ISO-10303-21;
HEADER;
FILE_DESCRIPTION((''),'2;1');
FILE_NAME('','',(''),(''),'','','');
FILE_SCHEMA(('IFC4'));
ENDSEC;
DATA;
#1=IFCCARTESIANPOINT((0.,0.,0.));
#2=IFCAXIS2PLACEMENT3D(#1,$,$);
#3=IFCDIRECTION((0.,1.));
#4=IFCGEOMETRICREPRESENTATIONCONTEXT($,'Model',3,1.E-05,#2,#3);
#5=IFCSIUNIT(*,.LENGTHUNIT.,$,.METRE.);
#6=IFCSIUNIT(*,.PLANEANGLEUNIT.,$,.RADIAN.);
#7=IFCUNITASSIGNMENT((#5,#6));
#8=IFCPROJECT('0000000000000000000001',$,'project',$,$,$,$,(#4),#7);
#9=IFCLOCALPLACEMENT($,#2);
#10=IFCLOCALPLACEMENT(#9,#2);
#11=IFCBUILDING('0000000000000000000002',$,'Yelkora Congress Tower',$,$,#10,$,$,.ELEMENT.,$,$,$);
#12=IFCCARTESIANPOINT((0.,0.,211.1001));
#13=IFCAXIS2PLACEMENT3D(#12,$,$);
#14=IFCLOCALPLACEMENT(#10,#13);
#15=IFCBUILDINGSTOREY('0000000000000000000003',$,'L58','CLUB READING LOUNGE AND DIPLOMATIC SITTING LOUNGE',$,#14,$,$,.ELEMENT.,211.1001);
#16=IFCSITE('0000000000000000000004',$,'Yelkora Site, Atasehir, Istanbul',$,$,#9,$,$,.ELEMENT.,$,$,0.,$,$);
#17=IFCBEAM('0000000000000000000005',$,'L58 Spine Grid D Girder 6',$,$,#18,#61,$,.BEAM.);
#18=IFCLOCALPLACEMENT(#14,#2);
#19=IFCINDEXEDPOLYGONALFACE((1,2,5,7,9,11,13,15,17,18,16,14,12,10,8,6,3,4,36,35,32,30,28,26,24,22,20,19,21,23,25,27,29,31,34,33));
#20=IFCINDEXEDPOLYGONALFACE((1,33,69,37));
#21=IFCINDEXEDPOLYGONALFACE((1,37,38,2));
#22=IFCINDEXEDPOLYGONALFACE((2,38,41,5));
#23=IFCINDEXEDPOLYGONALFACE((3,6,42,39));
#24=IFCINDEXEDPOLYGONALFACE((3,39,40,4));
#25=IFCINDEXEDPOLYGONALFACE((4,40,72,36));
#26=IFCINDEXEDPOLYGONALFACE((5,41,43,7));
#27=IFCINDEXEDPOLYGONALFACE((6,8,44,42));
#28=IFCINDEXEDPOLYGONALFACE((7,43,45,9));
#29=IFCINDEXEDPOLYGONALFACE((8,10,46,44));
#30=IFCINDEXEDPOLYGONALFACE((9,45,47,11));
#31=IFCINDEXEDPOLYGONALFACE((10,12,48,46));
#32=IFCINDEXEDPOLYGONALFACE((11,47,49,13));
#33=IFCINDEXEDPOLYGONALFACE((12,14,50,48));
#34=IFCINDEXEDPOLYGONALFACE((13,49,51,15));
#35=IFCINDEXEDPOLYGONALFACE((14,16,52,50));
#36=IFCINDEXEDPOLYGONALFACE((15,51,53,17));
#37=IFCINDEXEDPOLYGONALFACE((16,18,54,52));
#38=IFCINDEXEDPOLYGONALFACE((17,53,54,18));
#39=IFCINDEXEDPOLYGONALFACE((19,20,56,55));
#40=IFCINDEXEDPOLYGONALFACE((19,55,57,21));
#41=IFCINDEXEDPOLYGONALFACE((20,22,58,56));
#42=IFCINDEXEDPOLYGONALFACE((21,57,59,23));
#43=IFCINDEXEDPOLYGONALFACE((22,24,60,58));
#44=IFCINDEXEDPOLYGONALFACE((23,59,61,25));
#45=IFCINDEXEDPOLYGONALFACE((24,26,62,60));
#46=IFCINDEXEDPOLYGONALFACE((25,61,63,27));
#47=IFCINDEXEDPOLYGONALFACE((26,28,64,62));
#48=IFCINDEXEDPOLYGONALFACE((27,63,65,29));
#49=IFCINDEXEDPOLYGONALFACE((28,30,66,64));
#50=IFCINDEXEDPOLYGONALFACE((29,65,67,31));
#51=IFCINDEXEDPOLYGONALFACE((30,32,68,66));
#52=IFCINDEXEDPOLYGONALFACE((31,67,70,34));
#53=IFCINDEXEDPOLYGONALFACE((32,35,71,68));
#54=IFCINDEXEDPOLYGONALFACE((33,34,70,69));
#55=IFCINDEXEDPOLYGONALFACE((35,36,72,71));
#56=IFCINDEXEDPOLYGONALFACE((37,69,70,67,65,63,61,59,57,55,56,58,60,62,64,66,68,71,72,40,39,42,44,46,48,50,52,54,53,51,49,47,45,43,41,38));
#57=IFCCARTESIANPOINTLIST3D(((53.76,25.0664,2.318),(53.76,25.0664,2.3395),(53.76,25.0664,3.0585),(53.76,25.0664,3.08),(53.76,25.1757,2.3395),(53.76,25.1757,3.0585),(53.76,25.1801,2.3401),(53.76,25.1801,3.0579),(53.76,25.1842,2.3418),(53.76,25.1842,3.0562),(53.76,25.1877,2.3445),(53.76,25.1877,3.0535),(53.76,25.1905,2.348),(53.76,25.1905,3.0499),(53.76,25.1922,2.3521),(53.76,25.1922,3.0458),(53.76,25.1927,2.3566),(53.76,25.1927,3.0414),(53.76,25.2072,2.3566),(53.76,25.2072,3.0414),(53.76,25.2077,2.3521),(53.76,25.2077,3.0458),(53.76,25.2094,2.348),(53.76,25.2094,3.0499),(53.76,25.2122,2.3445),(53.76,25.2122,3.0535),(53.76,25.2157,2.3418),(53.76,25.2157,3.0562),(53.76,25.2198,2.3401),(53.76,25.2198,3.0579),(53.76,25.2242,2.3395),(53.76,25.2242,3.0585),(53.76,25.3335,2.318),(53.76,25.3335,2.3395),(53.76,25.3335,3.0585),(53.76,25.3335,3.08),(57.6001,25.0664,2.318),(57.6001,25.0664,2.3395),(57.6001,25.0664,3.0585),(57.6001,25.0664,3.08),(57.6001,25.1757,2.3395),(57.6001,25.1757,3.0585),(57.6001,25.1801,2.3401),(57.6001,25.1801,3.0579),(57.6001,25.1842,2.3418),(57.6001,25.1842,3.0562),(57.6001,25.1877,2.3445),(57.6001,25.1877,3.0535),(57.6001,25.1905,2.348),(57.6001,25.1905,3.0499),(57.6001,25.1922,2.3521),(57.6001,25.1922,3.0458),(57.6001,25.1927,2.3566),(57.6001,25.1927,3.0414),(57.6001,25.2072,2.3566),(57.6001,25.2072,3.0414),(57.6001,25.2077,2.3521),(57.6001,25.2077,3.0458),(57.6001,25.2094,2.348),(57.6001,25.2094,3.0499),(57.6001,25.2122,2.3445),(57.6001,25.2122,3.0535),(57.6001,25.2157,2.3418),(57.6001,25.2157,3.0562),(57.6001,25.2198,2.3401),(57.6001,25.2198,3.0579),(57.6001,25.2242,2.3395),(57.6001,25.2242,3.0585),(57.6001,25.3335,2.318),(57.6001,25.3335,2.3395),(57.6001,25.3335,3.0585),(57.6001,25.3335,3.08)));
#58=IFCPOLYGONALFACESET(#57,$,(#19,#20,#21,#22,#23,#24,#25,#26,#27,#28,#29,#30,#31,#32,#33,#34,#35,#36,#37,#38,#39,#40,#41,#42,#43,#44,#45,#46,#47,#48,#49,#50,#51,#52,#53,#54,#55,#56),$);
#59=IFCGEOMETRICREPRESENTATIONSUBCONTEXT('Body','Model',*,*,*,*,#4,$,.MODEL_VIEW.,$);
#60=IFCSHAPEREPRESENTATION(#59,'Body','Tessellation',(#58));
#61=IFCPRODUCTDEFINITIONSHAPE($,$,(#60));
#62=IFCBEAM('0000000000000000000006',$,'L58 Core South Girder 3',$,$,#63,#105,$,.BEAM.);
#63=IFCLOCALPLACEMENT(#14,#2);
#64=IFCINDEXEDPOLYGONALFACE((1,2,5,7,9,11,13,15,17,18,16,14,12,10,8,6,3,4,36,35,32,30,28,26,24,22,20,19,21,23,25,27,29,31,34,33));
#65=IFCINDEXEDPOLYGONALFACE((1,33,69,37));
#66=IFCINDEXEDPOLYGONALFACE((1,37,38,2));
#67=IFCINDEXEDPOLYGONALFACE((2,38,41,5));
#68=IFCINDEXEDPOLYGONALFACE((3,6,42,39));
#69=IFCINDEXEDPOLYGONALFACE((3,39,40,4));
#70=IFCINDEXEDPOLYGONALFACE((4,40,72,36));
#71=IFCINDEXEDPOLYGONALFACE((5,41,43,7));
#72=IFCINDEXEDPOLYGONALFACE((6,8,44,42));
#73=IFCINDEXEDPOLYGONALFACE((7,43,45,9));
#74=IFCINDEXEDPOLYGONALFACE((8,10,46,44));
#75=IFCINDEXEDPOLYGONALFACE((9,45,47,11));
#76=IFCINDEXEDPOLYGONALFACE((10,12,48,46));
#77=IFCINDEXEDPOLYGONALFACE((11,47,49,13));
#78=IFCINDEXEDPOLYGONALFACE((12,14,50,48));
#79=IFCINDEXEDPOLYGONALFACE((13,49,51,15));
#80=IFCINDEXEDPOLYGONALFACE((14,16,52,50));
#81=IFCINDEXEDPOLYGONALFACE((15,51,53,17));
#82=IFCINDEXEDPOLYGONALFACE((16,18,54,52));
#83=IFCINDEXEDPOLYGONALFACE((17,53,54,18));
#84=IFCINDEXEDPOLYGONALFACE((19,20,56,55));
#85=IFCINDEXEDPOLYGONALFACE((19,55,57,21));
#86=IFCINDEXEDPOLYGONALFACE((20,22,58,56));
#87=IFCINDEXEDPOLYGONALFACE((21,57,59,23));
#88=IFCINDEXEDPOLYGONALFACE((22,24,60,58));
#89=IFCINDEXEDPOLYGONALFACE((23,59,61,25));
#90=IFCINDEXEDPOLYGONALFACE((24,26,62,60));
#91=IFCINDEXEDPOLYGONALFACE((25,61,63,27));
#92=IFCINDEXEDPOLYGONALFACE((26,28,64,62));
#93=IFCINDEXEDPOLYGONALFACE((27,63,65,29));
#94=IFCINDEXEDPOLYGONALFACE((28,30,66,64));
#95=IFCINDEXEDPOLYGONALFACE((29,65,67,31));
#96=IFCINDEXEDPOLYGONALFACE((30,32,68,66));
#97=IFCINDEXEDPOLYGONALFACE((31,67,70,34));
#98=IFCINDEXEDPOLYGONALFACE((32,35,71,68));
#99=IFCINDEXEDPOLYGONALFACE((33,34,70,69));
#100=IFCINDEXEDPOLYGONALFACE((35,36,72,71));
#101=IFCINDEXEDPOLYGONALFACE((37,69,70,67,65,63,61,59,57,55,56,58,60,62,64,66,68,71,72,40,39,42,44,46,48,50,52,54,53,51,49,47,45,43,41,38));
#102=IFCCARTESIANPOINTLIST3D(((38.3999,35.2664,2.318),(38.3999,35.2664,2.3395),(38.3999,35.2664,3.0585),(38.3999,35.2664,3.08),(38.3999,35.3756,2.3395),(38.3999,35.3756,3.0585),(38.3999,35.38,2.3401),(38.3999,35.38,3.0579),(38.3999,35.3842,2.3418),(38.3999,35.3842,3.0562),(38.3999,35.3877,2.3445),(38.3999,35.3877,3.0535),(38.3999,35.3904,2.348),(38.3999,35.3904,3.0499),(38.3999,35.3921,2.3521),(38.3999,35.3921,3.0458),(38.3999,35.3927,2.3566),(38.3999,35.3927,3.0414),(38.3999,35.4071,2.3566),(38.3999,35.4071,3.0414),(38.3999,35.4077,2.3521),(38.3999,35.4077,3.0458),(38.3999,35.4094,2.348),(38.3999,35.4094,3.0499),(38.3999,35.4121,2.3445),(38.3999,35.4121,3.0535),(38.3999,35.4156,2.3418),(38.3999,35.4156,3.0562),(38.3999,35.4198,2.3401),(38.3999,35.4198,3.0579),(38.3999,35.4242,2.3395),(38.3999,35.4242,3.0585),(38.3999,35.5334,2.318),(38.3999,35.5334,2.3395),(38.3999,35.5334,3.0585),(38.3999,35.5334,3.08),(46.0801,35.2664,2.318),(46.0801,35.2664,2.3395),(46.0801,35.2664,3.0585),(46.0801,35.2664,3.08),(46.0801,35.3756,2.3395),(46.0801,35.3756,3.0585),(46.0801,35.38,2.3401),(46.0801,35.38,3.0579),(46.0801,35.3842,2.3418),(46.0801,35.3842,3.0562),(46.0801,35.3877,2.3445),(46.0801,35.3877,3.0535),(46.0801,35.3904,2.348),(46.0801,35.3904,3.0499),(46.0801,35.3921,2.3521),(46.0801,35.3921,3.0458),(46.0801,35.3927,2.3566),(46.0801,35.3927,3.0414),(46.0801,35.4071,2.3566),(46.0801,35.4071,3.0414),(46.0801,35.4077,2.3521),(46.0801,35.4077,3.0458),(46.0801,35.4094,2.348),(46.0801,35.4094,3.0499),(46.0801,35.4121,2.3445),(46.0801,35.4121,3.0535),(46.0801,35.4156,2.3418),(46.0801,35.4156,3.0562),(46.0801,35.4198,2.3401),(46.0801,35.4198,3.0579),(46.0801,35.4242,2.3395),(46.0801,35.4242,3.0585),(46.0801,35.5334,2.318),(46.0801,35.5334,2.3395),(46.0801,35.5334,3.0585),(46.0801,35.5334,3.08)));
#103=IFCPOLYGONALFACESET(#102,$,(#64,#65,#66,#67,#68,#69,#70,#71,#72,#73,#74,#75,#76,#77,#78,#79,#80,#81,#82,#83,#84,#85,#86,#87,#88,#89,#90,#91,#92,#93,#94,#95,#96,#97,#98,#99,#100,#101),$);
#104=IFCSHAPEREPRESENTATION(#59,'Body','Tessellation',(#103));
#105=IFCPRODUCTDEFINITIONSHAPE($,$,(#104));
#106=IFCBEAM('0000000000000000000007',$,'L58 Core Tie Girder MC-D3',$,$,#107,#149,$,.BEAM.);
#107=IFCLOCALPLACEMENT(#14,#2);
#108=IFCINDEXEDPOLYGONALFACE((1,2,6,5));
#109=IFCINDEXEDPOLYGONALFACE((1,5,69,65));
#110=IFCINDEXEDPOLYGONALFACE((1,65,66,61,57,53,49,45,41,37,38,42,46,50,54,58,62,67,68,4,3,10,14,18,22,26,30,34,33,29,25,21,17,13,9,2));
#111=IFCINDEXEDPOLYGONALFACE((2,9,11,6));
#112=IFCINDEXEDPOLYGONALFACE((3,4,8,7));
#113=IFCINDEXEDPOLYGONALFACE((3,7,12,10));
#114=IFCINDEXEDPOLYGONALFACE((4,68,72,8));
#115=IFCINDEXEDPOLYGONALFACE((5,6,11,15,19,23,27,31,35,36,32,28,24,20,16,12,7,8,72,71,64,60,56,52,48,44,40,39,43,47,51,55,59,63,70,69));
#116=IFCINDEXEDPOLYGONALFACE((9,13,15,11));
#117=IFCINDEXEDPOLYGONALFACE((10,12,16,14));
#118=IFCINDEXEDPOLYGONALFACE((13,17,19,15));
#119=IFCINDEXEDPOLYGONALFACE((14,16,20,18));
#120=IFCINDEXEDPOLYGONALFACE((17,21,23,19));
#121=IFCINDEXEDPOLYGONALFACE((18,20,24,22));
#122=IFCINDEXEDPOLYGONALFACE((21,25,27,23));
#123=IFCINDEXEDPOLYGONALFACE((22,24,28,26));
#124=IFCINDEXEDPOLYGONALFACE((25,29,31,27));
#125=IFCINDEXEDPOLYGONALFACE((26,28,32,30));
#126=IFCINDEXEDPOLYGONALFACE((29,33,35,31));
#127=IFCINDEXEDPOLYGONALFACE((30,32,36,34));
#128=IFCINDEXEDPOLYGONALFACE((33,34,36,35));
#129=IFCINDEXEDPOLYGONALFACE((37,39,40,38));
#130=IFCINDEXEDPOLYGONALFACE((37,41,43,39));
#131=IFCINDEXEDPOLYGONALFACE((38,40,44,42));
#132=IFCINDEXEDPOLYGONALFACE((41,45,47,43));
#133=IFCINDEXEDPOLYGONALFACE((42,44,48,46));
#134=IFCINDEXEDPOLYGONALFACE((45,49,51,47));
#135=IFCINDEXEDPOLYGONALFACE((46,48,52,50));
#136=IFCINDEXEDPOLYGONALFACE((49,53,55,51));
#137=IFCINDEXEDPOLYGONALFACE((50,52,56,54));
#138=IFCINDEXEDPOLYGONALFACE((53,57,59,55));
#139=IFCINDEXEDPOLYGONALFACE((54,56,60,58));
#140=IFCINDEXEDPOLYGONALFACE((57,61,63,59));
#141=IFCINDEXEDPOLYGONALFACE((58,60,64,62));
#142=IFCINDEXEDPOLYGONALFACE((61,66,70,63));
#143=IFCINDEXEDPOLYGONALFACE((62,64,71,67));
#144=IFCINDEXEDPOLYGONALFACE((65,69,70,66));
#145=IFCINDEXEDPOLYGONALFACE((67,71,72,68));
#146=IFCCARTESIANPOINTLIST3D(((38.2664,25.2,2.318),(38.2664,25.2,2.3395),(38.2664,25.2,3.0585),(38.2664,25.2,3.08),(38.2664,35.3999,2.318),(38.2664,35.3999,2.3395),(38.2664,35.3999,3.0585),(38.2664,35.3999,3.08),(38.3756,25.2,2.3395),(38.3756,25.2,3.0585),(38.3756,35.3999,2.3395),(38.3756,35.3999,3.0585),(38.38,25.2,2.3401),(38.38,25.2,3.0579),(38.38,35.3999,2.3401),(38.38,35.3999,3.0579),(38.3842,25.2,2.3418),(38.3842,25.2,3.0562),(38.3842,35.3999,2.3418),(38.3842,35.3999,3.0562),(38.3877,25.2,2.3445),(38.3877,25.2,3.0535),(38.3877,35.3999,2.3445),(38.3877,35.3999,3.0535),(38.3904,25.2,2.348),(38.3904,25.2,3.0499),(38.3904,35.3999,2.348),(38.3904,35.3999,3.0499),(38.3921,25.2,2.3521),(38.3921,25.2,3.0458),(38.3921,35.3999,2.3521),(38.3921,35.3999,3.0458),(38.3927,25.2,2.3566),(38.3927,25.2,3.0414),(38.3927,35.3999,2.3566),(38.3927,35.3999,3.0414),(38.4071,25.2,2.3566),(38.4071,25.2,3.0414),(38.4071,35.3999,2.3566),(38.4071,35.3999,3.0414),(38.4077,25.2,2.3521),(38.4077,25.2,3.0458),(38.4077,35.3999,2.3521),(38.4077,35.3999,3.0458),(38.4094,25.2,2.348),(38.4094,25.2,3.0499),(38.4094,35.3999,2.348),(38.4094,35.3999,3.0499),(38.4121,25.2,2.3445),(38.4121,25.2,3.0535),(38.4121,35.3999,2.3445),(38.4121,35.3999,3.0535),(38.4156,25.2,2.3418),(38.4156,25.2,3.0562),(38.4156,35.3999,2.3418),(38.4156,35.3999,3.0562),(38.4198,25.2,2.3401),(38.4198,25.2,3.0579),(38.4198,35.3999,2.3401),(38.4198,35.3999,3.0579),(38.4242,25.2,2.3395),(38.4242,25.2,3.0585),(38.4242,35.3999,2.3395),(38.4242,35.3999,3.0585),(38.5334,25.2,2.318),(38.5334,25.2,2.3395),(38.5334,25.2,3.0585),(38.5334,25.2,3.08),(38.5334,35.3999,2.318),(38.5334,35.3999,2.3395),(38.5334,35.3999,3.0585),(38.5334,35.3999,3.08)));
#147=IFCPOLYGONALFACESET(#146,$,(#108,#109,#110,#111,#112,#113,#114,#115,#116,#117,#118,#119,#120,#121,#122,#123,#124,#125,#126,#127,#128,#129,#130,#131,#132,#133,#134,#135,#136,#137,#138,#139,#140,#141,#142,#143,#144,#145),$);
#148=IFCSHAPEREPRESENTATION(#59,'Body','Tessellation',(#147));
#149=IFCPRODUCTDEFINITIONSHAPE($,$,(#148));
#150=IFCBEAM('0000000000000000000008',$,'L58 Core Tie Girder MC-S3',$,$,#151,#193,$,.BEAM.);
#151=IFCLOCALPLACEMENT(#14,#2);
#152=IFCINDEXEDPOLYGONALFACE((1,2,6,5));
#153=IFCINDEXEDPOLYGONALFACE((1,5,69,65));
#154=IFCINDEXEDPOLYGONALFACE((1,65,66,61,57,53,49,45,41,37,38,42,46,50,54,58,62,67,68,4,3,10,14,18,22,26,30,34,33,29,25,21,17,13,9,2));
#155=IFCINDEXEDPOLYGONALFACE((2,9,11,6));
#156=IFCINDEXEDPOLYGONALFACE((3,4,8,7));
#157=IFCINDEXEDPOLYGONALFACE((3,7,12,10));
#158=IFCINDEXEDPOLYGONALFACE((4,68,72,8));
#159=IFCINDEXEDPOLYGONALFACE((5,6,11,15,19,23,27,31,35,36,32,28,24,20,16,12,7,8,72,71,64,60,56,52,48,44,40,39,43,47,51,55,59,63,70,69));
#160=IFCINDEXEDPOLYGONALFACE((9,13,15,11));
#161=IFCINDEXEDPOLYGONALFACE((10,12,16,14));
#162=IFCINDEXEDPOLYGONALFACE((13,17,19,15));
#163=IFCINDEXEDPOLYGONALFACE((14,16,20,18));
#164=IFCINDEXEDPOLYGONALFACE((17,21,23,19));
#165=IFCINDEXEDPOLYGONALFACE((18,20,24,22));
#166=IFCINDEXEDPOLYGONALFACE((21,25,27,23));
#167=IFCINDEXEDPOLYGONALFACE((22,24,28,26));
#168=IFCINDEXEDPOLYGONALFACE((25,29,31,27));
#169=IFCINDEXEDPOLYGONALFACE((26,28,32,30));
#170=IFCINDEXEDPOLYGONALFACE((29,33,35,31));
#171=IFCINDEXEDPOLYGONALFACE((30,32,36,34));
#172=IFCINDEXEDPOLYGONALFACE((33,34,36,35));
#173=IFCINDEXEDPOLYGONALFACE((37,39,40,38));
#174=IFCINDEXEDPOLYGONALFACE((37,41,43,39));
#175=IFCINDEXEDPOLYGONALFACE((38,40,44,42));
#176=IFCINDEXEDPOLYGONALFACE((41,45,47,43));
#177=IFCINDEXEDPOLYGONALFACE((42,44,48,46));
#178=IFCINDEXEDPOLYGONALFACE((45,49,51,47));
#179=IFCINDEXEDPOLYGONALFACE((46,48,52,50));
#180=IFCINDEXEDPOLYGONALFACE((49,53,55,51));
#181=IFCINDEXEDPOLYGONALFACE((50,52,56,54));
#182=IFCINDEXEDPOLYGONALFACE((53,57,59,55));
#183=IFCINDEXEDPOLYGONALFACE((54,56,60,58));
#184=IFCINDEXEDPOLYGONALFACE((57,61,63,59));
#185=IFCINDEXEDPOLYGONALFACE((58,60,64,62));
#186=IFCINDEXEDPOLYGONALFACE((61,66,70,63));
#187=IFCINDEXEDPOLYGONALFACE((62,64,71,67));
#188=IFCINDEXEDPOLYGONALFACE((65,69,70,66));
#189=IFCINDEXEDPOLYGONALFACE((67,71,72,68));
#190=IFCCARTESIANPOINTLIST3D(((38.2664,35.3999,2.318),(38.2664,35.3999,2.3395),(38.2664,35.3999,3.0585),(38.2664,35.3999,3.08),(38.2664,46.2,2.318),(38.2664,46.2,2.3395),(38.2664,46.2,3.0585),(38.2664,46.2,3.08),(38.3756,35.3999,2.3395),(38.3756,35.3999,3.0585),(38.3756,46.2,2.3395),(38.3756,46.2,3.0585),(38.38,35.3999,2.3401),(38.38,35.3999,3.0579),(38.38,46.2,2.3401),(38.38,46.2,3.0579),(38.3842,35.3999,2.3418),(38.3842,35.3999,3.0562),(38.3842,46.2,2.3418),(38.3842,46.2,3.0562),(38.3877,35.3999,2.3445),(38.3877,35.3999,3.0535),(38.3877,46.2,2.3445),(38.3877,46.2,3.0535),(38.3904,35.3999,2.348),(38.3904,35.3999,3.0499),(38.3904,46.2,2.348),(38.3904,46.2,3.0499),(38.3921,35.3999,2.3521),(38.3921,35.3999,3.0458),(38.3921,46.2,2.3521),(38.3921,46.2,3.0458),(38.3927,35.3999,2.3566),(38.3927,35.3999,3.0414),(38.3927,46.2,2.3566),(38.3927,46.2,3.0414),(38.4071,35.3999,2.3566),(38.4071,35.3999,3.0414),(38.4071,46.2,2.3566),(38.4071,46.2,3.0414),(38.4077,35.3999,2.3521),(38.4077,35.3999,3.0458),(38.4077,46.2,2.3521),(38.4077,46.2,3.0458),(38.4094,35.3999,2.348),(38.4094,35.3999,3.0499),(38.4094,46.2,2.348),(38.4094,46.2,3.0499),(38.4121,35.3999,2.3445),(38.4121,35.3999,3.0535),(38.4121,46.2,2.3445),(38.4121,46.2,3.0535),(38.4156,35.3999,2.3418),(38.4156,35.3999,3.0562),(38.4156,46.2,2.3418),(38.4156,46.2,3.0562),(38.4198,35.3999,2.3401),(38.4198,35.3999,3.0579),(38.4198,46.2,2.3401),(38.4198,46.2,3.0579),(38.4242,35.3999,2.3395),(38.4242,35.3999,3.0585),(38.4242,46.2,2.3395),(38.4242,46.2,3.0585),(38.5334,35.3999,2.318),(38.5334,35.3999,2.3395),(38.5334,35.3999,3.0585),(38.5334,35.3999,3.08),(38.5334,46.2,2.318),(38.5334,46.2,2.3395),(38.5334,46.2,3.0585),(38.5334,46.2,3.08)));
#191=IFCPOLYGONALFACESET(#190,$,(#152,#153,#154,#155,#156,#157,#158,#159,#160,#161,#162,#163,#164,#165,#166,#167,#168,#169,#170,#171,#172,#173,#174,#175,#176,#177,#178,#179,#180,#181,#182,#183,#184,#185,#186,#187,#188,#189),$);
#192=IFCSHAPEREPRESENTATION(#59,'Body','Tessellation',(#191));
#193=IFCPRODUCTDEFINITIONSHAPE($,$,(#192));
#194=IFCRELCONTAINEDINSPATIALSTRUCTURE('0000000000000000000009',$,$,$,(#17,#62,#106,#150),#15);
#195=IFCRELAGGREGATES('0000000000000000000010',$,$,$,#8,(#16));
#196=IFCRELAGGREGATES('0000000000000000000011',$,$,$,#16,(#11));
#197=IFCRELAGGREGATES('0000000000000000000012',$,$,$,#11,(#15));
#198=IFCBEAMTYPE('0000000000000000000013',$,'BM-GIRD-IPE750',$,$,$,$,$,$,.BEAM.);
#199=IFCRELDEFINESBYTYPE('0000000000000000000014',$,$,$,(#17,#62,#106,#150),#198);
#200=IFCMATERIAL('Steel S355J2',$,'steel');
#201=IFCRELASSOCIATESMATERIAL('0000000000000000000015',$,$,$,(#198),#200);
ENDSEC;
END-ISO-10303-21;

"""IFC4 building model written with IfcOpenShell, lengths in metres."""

from ifc_helpers import new_model, si_unit, direction, frame, origin, origin_2d, place, context, subcontext, project, spatial, i_section, extrude, material, material_profile, profile_set, type_object, element, save


model = new_model("IFC4")

# Units and contexts
model_context = context("Model", 3, precision=1e-05, world=origin(), true_north=direction((0.0, 1.0)))
body_context = subcontext(model_context, "Body", "Model", "MODEL_VIEW")
ifc_project = project(units=[si_unit("LENGTHUNIT", "METRE"), si_unit("PLANEANGLEUNIT", "RADIAN")], contexts=[model_context])

# Site, building, storey
site_placement = place(None, origin())
site = spatial("IfcSite", under=ifc_project, at=site_placement, Name="Yelkora Site, Atasehir, Istanbul", CompositionType="ELEMENT", RefElevation=0.0)
building_placement = place(site_placement, origin())
building = spatial("IfcBuilding", under=site, at=building_placement, Name="Yelkora Congress Tower", CompositionType="ELEMENT")
storey_placement = place(building_placement, frame((0.0, 0.0, 211.1001)))
storey = spatial("IfcBuildingStorey", under=building, at=storey_placement, Name="L58", Description="CLUB READING LOUNGE AND DIPLOMATIC SITTING LOUNGE", CompositionType="ELEMENT", Elevation=211.1001)

# Shared definitions
ifc_material_1 = material(Name="Steel S355J2", Category="steel")

# Beams
ifc_material_profile_1 = material_profile(ifc_material_1, i_section(OverallWidth=0.2671, OverallDepth=0.762, WebThickness=0.0144, FlangeThickness=0.0215, FilletRadius=0.0171, at=origin_2d()), Name="IPE 750x173")
ifc_profile_set_1 = profile_set([ifc_material_profile_1], Name="Steel S355J2")
beam_type_1 = type_object("IfcBeamType", Name="BM-GIRD-IPE750", PredefinedType="BEAM", material=ifc_profile_set_1)
beam_1_placement = place(storey_placement, frame((53.76, 25.2, 2.699), z_axis=(1.0, 0.0, 0.0), x_axis=(0.0, 1.0, 0.0)))
element("IfcBeam", 1, at=beam_1_placement, inside=storey, type_object=beam_type_1, Name="L58 Spine Grid D Girder 6", PredefinedType="BEAM", context=body_context, shape_type="SweptSolid", body=[
    extrude(i_section(OverallWidth=0.2671, OverallDepth=0.762, WebThickness=0.0144, FlangeThickness=0.0215, FilletRadius=0.0171, at=origin_2d()), origin(), (0.0, 0.0, 1.0), 3.8401),
])
beam_2_placement = place(storey_placement, frame((38.3999, 35.3999, 2.699), z_axis=(1.0, 0.0, 0.0), x_axis=(0.0, 1.0, 0.0)))
element("IfcBeam", 2, at=beam_2_placement, inside=storey, type_object=beam_type_1, Name="L58 Core South Girder 3", PredefinedType="BEAM", context=body_context, shape_type="SweptSolid", body=[
    extrude(i_section(OverallWidth=0.2671, OverallDepth=0.762, WebThickness=0.0144, FlangeThickness=0.0215, FilletRadius=0.0171, at=origin_2d()), origin(), (0.0, 0.0, 1.0), 7.6802),
])
beam_3_placement = place(storey_placement, frame((38.3999, 25.2, 2.699), z_axis=(0.0, 1.0, 0.0), x_axis=(-1.0, 0.0, 0.0)))
element("IfcBeam", 3, at=beam_3_placement, inside=storey, type_object=beam_type_1, Name="L58 Core Tie Girder MC-D3", PredefinedType="BEAM", context=body_context, shape_type="SweptSolid", body=[
    extrude(i_section(OverallWidth=0.2671, OverallDepth=0.762, WebThickness=0.0144, FlangeThickness=0.0215, FilletRadius=0.0171, at=origin_2d()), origin(), (0.0, 0.0, 1.0), 10.2),
])
beam_4_placement = place(storey_placement, frame((38.3999, 35.3999, 2.699), z_axis=(0.0, 1.0, 0.0), x_axis=(-1.0, 0.0, 0.0)))
element("IfcBeam", 4, at=beam_4_placement, inside=storey, type_object=beam_type_1, Name="L58 Core Tie Girder MC-S3", PredefinedType="BEAM", context=body_context, shape_type="SweptSolid", body=[
    extrude(i_section(OverallWidth=0.2671, OverallDepth=0.762, WebThickness=0.0144, FlangeThickness=0.0215, FilletRadius=0.0171, at=origin_2d()), origin(), (0.0, 0.0, 1.0), 10.8),
])

save(model, "model.ifc")
